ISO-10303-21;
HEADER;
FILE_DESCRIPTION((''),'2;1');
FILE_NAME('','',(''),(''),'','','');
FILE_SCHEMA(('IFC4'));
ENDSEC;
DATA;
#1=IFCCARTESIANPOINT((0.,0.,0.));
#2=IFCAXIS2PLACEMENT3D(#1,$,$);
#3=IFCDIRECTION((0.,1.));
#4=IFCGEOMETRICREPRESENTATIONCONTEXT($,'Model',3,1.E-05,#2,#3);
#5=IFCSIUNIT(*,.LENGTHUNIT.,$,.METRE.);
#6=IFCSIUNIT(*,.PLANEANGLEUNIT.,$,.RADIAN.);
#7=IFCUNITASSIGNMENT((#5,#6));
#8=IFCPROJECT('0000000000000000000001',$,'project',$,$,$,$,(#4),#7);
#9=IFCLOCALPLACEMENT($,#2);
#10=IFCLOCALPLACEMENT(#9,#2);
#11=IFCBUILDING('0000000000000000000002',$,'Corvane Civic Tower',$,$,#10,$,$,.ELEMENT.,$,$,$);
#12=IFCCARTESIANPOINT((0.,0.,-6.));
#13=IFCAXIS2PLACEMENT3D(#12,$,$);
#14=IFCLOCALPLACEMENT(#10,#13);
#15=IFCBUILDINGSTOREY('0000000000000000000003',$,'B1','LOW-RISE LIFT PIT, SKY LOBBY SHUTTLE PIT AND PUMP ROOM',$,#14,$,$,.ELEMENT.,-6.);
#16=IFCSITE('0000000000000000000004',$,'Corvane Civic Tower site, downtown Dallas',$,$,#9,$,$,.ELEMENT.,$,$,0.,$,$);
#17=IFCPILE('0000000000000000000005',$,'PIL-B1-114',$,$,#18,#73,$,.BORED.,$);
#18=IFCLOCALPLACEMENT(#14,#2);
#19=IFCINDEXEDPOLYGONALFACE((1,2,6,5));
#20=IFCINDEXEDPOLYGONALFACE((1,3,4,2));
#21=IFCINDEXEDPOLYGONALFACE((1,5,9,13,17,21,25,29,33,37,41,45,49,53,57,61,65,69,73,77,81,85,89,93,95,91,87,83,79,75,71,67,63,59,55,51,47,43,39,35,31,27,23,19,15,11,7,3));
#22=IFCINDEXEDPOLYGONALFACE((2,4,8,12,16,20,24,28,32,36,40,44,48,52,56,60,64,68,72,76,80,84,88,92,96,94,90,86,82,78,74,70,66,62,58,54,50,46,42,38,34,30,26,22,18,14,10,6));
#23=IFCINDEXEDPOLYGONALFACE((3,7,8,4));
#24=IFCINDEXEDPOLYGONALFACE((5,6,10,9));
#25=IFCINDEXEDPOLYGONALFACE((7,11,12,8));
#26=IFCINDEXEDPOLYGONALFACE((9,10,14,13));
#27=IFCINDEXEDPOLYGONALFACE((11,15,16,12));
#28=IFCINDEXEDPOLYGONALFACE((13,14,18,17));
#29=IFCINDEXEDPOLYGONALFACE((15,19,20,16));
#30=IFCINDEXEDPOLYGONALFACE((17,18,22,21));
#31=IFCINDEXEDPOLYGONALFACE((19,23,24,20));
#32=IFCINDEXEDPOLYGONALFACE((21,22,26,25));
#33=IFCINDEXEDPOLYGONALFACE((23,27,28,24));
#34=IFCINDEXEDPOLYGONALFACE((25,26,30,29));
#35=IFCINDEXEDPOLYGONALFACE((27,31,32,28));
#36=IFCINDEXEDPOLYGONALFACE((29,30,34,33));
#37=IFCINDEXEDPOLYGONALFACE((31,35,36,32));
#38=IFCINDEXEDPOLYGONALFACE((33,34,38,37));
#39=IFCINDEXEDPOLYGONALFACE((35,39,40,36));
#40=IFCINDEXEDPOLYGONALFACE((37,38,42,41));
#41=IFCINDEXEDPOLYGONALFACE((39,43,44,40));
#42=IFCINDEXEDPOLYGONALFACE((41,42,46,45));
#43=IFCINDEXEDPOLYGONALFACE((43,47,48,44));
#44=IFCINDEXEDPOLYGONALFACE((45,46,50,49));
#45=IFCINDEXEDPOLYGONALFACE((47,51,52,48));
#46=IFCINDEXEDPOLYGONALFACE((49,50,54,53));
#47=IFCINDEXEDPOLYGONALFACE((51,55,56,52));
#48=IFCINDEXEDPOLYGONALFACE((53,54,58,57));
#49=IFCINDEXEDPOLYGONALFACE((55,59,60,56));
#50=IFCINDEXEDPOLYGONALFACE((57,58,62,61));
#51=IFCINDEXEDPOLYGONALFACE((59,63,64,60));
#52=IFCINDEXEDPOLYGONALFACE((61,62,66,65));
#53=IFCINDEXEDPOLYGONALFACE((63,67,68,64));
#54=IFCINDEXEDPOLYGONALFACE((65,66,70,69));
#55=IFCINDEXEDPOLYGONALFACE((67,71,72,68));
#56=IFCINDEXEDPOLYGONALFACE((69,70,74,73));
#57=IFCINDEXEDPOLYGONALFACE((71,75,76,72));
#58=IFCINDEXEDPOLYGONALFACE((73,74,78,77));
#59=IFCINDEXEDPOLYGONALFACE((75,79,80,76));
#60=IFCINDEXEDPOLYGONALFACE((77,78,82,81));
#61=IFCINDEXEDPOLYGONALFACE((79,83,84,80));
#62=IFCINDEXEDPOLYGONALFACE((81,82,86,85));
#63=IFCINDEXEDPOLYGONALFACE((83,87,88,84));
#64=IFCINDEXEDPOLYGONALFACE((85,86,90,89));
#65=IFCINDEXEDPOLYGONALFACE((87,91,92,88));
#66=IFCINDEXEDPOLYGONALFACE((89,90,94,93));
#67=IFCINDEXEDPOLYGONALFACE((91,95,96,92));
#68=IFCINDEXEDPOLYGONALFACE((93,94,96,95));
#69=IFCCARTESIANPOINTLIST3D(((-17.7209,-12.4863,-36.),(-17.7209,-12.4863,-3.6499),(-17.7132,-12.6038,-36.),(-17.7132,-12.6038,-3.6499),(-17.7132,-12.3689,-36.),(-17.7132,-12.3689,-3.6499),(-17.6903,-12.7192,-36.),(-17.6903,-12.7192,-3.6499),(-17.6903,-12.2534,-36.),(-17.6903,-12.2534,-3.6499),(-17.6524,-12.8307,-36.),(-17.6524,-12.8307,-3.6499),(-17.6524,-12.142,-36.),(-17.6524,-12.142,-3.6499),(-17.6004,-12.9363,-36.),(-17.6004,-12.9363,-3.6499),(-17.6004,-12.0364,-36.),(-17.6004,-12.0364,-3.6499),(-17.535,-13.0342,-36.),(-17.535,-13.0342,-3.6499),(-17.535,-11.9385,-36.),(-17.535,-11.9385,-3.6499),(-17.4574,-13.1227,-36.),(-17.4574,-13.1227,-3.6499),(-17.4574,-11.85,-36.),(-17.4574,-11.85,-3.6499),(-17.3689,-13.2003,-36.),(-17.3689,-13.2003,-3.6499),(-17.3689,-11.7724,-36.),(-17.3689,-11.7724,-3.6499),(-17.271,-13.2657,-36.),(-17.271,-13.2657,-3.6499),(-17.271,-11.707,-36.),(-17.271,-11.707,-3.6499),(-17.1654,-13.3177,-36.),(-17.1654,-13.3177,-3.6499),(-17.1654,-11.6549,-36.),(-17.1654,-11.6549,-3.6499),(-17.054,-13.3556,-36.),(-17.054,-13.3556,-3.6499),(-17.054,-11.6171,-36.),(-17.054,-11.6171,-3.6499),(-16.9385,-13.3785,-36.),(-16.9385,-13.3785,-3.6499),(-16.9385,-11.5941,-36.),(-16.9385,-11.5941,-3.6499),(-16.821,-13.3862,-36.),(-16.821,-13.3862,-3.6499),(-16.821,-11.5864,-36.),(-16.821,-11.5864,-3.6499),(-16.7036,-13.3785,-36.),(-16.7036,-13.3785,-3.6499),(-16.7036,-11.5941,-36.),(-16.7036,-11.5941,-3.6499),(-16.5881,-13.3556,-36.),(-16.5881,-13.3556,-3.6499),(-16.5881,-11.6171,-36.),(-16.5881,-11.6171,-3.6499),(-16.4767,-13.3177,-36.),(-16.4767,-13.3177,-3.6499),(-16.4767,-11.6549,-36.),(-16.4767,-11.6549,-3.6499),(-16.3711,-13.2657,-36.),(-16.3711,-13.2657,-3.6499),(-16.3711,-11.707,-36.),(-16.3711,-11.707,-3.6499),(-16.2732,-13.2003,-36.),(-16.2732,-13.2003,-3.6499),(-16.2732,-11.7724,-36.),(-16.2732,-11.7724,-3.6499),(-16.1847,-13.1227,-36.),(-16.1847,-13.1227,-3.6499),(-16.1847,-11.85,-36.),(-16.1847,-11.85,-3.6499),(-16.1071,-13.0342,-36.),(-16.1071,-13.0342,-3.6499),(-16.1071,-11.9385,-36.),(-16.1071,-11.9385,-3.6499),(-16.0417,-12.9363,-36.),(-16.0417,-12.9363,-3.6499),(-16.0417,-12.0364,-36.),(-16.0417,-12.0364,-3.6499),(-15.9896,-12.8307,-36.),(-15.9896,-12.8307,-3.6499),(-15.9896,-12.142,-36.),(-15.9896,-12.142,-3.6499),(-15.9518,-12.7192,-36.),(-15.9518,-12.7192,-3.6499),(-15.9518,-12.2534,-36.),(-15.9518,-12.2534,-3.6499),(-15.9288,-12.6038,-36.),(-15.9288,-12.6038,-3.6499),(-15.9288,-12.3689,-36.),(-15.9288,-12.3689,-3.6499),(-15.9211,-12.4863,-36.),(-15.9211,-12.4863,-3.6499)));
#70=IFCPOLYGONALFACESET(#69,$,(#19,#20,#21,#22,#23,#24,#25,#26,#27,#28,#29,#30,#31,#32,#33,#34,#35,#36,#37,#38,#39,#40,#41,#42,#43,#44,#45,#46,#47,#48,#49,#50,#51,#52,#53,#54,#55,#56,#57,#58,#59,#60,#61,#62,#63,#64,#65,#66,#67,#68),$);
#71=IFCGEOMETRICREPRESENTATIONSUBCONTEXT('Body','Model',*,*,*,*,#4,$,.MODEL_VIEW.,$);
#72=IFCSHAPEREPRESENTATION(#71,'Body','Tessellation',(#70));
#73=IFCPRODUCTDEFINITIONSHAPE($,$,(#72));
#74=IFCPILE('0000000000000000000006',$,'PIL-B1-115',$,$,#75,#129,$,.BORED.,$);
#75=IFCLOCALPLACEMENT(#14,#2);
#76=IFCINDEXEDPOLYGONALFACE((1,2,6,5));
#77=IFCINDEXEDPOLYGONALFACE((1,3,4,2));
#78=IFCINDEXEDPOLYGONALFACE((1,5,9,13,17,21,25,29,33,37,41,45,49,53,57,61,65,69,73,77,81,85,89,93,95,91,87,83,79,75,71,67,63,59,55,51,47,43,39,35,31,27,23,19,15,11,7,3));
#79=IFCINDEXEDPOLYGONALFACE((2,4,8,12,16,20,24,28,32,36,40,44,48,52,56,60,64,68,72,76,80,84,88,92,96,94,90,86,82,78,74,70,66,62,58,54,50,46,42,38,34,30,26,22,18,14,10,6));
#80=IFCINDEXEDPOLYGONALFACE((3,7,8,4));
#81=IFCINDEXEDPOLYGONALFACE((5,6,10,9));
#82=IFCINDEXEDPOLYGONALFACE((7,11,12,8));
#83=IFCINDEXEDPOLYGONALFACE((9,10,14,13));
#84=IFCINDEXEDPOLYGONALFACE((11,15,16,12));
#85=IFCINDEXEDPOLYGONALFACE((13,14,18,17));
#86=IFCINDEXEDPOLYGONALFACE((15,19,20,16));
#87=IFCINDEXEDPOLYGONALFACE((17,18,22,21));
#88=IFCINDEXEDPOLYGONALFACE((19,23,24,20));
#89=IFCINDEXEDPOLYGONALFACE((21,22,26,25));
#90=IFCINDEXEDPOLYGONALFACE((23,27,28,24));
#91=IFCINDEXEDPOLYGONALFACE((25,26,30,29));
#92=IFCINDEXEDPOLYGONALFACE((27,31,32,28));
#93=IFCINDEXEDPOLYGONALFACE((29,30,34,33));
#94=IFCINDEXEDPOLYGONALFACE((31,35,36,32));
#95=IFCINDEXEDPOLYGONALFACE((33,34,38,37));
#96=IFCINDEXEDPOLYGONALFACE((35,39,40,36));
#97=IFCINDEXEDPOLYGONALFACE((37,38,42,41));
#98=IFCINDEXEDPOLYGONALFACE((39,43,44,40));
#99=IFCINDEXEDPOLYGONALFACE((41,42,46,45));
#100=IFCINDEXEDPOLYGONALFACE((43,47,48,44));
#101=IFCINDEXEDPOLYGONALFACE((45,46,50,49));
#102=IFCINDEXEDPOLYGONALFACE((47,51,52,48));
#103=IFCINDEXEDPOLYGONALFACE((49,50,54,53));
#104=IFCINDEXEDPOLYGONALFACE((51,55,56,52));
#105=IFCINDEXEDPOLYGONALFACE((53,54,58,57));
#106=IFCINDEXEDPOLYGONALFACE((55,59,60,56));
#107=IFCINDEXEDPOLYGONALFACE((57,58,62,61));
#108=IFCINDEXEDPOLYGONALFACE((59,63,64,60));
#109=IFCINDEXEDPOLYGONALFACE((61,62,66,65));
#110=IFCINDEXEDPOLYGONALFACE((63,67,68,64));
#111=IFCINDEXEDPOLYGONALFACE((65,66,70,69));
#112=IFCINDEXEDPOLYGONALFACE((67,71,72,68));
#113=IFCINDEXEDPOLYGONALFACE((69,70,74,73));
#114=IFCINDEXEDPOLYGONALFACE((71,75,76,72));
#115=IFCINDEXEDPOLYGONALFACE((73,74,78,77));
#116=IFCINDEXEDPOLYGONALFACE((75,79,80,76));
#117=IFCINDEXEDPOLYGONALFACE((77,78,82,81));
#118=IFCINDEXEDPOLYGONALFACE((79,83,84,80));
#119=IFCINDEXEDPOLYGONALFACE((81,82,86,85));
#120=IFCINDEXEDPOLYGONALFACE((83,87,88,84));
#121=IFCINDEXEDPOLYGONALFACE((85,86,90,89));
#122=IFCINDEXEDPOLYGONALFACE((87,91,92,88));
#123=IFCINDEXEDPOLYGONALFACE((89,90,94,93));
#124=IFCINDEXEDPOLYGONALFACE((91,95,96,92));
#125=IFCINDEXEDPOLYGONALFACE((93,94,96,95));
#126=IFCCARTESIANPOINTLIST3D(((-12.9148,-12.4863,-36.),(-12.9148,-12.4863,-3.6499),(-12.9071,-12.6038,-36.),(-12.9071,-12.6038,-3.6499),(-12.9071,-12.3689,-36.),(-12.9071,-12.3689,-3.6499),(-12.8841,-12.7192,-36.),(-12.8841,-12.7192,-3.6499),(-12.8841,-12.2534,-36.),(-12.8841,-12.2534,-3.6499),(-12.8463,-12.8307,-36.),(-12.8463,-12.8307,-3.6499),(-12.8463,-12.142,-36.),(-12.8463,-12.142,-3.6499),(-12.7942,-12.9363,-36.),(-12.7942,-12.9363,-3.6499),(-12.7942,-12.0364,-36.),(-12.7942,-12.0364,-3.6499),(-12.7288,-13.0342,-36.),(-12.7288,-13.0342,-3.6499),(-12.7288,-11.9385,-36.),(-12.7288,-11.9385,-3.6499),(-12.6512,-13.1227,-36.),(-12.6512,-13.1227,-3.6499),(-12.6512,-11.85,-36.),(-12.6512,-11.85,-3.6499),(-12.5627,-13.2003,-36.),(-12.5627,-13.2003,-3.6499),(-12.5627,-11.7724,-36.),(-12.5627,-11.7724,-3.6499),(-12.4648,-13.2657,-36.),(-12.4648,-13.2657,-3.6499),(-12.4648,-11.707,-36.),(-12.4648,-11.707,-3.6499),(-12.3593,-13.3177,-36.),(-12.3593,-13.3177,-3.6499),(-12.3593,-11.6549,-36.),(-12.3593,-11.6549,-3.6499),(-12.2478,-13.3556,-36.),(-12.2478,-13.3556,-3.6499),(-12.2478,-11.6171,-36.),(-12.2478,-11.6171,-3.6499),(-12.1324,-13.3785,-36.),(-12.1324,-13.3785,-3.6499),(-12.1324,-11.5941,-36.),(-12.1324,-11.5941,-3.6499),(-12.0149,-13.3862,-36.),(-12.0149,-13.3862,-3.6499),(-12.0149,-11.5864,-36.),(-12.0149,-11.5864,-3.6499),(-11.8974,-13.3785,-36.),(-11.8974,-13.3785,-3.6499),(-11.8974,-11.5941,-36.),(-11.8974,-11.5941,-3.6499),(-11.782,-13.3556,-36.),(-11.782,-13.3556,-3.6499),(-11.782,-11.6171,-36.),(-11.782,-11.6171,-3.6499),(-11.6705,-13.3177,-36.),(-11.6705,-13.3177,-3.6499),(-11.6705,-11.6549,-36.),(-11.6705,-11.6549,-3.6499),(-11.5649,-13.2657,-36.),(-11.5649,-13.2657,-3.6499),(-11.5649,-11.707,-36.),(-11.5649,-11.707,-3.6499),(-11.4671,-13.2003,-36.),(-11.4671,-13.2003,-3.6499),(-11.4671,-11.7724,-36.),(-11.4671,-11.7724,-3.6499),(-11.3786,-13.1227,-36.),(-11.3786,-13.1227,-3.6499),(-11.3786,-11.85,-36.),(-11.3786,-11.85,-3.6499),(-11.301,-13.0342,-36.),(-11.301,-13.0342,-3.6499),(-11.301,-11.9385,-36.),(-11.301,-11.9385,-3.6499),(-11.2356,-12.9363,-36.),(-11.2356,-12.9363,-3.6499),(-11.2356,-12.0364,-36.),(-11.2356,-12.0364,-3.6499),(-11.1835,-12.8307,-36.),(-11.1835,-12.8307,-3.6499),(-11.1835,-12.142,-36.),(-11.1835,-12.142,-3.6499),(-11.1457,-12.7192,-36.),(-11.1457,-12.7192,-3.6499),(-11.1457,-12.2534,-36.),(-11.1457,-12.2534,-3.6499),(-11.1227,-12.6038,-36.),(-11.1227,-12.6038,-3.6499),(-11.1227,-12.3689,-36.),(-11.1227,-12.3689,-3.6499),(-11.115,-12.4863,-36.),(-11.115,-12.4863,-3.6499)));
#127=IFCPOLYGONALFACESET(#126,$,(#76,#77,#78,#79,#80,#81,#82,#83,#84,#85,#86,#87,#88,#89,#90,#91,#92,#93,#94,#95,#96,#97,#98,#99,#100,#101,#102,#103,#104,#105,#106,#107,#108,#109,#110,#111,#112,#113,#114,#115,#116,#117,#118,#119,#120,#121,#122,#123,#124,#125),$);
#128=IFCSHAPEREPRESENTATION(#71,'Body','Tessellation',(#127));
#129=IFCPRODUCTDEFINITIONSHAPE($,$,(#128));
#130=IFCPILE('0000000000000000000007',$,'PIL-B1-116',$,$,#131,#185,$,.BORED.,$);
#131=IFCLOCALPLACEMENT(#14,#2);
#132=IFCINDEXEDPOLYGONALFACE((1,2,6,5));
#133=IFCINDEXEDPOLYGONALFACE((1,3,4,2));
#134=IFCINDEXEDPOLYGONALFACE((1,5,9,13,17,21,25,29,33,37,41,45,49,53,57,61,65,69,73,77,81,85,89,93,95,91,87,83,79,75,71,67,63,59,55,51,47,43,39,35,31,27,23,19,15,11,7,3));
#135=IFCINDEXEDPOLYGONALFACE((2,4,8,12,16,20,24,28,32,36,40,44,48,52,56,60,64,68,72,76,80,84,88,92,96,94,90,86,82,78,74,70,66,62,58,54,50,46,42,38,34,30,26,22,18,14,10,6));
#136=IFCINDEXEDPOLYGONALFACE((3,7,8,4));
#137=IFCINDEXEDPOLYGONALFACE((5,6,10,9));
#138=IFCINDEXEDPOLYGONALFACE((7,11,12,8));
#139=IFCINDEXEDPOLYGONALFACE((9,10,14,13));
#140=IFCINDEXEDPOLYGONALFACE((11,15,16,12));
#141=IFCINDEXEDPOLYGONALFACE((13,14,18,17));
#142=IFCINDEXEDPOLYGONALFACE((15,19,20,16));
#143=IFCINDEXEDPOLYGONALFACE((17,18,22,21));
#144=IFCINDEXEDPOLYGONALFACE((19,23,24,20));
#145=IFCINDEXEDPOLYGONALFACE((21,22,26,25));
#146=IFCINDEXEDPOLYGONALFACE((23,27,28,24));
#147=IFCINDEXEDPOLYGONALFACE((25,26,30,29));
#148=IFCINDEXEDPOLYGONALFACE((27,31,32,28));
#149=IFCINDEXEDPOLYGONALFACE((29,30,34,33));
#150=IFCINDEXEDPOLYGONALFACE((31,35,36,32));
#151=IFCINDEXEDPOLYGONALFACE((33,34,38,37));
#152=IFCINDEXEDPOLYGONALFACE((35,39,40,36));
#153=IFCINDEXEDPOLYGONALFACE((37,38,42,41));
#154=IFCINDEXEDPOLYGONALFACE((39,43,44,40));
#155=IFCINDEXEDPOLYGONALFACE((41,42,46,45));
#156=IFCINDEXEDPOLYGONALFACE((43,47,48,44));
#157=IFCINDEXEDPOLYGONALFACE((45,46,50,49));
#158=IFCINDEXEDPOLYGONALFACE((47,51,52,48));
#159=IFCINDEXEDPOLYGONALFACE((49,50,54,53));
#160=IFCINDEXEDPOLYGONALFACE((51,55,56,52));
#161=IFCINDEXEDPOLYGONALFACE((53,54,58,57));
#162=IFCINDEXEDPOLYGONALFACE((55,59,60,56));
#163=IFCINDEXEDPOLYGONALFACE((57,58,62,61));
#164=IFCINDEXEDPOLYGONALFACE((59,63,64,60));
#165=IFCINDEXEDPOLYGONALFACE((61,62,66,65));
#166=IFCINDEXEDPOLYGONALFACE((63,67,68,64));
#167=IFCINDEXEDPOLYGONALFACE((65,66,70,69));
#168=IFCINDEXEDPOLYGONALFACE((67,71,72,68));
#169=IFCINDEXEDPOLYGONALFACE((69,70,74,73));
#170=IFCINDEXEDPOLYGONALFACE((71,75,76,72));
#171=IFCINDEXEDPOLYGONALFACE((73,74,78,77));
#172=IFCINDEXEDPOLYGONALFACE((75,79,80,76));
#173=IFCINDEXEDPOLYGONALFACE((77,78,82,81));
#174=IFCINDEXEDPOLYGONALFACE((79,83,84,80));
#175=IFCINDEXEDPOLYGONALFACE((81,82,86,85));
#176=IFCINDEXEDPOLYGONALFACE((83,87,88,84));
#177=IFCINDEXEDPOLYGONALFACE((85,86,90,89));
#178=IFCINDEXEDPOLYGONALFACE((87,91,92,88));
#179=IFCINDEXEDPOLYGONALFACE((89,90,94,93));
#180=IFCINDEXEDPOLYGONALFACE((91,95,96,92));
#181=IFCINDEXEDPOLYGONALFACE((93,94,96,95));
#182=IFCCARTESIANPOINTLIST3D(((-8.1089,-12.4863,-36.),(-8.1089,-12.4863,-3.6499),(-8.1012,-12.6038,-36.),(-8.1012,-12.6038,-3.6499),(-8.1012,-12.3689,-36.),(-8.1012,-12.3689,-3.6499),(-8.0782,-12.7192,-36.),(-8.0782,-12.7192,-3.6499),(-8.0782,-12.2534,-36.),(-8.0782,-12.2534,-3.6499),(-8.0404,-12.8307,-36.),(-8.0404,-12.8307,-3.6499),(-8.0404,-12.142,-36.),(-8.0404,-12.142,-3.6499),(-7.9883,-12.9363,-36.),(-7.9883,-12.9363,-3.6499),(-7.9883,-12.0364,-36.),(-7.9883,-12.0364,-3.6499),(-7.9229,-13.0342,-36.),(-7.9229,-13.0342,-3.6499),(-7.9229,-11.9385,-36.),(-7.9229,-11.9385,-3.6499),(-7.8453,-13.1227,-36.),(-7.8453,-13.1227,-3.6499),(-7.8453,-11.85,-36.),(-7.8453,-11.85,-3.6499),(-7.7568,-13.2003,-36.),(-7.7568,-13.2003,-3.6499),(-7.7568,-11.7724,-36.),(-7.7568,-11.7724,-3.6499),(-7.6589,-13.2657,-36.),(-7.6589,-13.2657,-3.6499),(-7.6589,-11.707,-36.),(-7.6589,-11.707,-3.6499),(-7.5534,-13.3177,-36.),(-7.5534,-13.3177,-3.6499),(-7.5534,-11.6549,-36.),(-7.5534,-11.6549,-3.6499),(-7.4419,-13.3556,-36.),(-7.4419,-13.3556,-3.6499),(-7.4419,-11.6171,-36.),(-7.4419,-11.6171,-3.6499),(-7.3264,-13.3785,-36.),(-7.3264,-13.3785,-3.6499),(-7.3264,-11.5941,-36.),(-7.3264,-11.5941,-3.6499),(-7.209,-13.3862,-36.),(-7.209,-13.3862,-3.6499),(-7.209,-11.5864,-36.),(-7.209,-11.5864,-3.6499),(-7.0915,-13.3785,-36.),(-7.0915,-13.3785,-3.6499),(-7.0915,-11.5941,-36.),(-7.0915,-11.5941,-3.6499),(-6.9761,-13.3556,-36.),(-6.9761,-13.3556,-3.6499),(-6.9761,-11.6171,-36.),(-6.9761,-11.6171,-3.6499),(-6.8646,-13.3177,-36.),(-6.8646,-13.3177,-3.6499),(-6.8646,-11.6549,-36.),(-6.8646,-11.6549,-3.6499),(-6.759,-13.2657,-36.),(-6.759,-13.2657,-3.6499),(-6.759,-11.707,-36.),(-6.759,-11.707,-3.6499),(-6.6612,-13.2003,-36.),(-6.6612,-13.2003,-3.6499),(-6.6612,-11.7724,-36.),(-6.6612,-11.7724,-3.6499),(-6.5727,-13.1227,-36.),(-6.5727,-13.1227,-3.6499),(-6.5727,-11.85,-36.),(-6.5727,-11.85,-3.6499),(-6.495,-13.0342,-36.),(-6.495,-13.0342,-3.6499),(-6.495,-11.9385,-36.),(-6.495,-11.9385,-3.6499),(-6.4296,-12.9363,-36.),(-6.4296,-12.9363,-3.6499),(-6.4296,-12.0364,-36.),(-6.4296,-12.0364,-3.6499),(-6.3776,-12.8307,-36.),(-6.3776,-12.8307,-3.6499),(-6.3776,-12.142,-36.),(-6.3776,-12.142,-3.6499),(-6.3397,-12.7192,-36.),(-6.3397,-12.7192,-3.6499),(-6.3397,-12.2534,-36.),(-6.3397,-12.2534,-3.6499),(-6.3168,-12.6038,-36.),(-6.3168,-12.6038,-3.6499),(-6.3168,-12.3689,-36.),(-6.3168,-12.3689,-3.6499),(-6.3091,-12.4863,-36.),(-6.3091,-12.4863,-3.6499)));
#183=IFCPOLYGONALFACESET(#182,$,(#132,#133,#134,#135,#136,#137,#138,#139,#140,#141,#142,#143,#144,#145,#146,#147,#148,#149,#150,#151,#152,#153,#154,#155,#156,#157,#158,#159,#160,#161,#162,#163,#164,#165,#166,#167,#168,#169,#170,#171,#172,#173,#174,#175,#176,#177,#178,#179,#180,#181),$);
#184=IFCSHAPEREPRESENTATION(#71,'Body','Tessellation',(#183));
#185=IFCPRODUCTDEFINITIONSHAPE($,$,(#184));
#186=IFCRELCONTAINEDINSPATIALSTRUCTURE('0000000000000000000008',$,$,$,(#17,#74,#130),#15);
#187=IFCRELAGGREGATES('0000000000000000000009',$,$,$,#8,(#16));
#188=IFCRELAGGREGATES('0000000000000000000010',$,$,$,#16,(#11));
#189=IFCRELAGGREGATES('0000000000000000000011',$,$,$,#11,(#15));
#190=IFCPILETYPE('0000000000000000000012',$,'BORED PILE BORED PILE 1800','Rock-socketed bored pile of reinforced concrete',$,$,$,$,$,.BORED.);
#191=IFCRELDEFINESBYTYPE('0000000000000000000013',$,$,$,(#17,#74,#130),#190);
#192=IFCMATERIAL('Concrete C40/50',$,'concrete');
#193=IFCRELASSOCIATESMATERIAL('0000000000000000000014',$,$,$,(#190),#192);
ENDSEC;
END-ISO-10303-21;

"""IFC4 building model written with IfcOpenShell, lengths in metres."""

from ifc_helpers import new_model, si_unit, direction, frame, origin, origin_2d, place, context, subcontext, project, spatial, circle, extrude, material, material_profile, profile_set, type_object, element, save


model = new_model("IFC4")

# Units and contexts
model_context = context("Model", 3, precision=1e-05, world=origin(), true_north=direction((0.0, 1.0)))
body_context = subcontext(model_context, "Body", "Model", "MODEL_VIEW")
ifc_project = project(units=[si_unit("LENGTHUNIT", "METRE"), si_unit("PLANEANGLEUNIT", "RADIAN")], contexts=[model_context])

# Site, building, storey
site_placement = place(None, origin())
site = spatial("IfcSite", under=ifc_project, at=site_placement, Name="Corvane Civic Tower site, downtown Dallas", CompositionType="ELEMENT", RefElevation=0.0)
building_placement = place(site_placement, origin())
building = spatial("IfcBuilding", under=site, at=building_placement, Name="Corvane Civic Tower", CompositionType="ELEMENT")
storey_placement = place(building_placement, frame((0.0, 0.0, -6.0)))
storey = spatial("IfcBuildingStorey", under=building, at=storey_placement, Name="B1", Description="LOW-RISE LIFT PIT, SKY LOBBY SHUTTLE PIT AND PUMP ROOM", CompositionType="ELEMENT", Elevation=-6.0)

# Piles
ifc_material_1 = material(Name="Concrete C40/50", Category="concrete")
ifc_material_profile_1 = material_profile(ifc_material_1, circle(Radius=0.8999, at=origin_2d()), Name="BORED PILE 1800")
ifc_profile_set_1 = profile_set([ifc_material_profile_1], Name="Concrete C40/50")
pile_type = type_object("IfcPileType", Name="BORED PILE BORED PILE 1800", Description="Rock-socketed bored pile of reinforced concrete", PredefinedType="BORED", material=ifc_profile_set_1)
for number, where, z_axis, x_axis, name in (
    (1, (-16.821, -12.4863, -3.6499), (0.0, 0.0, -1.0), (1.0, 0.0, 0.0), "PIL-B1-114"),
    (2, (-12.0149, -12.4863, -3.6499), (0.0, 0.0, -1.0), (1.0, 0.0, 0.0), "PIL-B1-115"),
    (3, (-7.209, -12.4863, -3.6499), (0.0, 0.0, -1.0), (1.0, 0.0, 0.0), "PIL-B1-116"),
):
    element("IfcPile", number, at=place(storey_placement, frame(where, z_axis=z_axis, x_axis=x_axis)), inside=storey, type_object=pile_type, Name=name, PredefinedType="BORED", context=body_context, shape_type="SweptSolid", body=[
        extrude(circle(Radius=0.8999, at=origin_2d()), origin(), (0.0, 0.0, 1.0), 32.3501),
    ])

save(model, "model.ifc")
